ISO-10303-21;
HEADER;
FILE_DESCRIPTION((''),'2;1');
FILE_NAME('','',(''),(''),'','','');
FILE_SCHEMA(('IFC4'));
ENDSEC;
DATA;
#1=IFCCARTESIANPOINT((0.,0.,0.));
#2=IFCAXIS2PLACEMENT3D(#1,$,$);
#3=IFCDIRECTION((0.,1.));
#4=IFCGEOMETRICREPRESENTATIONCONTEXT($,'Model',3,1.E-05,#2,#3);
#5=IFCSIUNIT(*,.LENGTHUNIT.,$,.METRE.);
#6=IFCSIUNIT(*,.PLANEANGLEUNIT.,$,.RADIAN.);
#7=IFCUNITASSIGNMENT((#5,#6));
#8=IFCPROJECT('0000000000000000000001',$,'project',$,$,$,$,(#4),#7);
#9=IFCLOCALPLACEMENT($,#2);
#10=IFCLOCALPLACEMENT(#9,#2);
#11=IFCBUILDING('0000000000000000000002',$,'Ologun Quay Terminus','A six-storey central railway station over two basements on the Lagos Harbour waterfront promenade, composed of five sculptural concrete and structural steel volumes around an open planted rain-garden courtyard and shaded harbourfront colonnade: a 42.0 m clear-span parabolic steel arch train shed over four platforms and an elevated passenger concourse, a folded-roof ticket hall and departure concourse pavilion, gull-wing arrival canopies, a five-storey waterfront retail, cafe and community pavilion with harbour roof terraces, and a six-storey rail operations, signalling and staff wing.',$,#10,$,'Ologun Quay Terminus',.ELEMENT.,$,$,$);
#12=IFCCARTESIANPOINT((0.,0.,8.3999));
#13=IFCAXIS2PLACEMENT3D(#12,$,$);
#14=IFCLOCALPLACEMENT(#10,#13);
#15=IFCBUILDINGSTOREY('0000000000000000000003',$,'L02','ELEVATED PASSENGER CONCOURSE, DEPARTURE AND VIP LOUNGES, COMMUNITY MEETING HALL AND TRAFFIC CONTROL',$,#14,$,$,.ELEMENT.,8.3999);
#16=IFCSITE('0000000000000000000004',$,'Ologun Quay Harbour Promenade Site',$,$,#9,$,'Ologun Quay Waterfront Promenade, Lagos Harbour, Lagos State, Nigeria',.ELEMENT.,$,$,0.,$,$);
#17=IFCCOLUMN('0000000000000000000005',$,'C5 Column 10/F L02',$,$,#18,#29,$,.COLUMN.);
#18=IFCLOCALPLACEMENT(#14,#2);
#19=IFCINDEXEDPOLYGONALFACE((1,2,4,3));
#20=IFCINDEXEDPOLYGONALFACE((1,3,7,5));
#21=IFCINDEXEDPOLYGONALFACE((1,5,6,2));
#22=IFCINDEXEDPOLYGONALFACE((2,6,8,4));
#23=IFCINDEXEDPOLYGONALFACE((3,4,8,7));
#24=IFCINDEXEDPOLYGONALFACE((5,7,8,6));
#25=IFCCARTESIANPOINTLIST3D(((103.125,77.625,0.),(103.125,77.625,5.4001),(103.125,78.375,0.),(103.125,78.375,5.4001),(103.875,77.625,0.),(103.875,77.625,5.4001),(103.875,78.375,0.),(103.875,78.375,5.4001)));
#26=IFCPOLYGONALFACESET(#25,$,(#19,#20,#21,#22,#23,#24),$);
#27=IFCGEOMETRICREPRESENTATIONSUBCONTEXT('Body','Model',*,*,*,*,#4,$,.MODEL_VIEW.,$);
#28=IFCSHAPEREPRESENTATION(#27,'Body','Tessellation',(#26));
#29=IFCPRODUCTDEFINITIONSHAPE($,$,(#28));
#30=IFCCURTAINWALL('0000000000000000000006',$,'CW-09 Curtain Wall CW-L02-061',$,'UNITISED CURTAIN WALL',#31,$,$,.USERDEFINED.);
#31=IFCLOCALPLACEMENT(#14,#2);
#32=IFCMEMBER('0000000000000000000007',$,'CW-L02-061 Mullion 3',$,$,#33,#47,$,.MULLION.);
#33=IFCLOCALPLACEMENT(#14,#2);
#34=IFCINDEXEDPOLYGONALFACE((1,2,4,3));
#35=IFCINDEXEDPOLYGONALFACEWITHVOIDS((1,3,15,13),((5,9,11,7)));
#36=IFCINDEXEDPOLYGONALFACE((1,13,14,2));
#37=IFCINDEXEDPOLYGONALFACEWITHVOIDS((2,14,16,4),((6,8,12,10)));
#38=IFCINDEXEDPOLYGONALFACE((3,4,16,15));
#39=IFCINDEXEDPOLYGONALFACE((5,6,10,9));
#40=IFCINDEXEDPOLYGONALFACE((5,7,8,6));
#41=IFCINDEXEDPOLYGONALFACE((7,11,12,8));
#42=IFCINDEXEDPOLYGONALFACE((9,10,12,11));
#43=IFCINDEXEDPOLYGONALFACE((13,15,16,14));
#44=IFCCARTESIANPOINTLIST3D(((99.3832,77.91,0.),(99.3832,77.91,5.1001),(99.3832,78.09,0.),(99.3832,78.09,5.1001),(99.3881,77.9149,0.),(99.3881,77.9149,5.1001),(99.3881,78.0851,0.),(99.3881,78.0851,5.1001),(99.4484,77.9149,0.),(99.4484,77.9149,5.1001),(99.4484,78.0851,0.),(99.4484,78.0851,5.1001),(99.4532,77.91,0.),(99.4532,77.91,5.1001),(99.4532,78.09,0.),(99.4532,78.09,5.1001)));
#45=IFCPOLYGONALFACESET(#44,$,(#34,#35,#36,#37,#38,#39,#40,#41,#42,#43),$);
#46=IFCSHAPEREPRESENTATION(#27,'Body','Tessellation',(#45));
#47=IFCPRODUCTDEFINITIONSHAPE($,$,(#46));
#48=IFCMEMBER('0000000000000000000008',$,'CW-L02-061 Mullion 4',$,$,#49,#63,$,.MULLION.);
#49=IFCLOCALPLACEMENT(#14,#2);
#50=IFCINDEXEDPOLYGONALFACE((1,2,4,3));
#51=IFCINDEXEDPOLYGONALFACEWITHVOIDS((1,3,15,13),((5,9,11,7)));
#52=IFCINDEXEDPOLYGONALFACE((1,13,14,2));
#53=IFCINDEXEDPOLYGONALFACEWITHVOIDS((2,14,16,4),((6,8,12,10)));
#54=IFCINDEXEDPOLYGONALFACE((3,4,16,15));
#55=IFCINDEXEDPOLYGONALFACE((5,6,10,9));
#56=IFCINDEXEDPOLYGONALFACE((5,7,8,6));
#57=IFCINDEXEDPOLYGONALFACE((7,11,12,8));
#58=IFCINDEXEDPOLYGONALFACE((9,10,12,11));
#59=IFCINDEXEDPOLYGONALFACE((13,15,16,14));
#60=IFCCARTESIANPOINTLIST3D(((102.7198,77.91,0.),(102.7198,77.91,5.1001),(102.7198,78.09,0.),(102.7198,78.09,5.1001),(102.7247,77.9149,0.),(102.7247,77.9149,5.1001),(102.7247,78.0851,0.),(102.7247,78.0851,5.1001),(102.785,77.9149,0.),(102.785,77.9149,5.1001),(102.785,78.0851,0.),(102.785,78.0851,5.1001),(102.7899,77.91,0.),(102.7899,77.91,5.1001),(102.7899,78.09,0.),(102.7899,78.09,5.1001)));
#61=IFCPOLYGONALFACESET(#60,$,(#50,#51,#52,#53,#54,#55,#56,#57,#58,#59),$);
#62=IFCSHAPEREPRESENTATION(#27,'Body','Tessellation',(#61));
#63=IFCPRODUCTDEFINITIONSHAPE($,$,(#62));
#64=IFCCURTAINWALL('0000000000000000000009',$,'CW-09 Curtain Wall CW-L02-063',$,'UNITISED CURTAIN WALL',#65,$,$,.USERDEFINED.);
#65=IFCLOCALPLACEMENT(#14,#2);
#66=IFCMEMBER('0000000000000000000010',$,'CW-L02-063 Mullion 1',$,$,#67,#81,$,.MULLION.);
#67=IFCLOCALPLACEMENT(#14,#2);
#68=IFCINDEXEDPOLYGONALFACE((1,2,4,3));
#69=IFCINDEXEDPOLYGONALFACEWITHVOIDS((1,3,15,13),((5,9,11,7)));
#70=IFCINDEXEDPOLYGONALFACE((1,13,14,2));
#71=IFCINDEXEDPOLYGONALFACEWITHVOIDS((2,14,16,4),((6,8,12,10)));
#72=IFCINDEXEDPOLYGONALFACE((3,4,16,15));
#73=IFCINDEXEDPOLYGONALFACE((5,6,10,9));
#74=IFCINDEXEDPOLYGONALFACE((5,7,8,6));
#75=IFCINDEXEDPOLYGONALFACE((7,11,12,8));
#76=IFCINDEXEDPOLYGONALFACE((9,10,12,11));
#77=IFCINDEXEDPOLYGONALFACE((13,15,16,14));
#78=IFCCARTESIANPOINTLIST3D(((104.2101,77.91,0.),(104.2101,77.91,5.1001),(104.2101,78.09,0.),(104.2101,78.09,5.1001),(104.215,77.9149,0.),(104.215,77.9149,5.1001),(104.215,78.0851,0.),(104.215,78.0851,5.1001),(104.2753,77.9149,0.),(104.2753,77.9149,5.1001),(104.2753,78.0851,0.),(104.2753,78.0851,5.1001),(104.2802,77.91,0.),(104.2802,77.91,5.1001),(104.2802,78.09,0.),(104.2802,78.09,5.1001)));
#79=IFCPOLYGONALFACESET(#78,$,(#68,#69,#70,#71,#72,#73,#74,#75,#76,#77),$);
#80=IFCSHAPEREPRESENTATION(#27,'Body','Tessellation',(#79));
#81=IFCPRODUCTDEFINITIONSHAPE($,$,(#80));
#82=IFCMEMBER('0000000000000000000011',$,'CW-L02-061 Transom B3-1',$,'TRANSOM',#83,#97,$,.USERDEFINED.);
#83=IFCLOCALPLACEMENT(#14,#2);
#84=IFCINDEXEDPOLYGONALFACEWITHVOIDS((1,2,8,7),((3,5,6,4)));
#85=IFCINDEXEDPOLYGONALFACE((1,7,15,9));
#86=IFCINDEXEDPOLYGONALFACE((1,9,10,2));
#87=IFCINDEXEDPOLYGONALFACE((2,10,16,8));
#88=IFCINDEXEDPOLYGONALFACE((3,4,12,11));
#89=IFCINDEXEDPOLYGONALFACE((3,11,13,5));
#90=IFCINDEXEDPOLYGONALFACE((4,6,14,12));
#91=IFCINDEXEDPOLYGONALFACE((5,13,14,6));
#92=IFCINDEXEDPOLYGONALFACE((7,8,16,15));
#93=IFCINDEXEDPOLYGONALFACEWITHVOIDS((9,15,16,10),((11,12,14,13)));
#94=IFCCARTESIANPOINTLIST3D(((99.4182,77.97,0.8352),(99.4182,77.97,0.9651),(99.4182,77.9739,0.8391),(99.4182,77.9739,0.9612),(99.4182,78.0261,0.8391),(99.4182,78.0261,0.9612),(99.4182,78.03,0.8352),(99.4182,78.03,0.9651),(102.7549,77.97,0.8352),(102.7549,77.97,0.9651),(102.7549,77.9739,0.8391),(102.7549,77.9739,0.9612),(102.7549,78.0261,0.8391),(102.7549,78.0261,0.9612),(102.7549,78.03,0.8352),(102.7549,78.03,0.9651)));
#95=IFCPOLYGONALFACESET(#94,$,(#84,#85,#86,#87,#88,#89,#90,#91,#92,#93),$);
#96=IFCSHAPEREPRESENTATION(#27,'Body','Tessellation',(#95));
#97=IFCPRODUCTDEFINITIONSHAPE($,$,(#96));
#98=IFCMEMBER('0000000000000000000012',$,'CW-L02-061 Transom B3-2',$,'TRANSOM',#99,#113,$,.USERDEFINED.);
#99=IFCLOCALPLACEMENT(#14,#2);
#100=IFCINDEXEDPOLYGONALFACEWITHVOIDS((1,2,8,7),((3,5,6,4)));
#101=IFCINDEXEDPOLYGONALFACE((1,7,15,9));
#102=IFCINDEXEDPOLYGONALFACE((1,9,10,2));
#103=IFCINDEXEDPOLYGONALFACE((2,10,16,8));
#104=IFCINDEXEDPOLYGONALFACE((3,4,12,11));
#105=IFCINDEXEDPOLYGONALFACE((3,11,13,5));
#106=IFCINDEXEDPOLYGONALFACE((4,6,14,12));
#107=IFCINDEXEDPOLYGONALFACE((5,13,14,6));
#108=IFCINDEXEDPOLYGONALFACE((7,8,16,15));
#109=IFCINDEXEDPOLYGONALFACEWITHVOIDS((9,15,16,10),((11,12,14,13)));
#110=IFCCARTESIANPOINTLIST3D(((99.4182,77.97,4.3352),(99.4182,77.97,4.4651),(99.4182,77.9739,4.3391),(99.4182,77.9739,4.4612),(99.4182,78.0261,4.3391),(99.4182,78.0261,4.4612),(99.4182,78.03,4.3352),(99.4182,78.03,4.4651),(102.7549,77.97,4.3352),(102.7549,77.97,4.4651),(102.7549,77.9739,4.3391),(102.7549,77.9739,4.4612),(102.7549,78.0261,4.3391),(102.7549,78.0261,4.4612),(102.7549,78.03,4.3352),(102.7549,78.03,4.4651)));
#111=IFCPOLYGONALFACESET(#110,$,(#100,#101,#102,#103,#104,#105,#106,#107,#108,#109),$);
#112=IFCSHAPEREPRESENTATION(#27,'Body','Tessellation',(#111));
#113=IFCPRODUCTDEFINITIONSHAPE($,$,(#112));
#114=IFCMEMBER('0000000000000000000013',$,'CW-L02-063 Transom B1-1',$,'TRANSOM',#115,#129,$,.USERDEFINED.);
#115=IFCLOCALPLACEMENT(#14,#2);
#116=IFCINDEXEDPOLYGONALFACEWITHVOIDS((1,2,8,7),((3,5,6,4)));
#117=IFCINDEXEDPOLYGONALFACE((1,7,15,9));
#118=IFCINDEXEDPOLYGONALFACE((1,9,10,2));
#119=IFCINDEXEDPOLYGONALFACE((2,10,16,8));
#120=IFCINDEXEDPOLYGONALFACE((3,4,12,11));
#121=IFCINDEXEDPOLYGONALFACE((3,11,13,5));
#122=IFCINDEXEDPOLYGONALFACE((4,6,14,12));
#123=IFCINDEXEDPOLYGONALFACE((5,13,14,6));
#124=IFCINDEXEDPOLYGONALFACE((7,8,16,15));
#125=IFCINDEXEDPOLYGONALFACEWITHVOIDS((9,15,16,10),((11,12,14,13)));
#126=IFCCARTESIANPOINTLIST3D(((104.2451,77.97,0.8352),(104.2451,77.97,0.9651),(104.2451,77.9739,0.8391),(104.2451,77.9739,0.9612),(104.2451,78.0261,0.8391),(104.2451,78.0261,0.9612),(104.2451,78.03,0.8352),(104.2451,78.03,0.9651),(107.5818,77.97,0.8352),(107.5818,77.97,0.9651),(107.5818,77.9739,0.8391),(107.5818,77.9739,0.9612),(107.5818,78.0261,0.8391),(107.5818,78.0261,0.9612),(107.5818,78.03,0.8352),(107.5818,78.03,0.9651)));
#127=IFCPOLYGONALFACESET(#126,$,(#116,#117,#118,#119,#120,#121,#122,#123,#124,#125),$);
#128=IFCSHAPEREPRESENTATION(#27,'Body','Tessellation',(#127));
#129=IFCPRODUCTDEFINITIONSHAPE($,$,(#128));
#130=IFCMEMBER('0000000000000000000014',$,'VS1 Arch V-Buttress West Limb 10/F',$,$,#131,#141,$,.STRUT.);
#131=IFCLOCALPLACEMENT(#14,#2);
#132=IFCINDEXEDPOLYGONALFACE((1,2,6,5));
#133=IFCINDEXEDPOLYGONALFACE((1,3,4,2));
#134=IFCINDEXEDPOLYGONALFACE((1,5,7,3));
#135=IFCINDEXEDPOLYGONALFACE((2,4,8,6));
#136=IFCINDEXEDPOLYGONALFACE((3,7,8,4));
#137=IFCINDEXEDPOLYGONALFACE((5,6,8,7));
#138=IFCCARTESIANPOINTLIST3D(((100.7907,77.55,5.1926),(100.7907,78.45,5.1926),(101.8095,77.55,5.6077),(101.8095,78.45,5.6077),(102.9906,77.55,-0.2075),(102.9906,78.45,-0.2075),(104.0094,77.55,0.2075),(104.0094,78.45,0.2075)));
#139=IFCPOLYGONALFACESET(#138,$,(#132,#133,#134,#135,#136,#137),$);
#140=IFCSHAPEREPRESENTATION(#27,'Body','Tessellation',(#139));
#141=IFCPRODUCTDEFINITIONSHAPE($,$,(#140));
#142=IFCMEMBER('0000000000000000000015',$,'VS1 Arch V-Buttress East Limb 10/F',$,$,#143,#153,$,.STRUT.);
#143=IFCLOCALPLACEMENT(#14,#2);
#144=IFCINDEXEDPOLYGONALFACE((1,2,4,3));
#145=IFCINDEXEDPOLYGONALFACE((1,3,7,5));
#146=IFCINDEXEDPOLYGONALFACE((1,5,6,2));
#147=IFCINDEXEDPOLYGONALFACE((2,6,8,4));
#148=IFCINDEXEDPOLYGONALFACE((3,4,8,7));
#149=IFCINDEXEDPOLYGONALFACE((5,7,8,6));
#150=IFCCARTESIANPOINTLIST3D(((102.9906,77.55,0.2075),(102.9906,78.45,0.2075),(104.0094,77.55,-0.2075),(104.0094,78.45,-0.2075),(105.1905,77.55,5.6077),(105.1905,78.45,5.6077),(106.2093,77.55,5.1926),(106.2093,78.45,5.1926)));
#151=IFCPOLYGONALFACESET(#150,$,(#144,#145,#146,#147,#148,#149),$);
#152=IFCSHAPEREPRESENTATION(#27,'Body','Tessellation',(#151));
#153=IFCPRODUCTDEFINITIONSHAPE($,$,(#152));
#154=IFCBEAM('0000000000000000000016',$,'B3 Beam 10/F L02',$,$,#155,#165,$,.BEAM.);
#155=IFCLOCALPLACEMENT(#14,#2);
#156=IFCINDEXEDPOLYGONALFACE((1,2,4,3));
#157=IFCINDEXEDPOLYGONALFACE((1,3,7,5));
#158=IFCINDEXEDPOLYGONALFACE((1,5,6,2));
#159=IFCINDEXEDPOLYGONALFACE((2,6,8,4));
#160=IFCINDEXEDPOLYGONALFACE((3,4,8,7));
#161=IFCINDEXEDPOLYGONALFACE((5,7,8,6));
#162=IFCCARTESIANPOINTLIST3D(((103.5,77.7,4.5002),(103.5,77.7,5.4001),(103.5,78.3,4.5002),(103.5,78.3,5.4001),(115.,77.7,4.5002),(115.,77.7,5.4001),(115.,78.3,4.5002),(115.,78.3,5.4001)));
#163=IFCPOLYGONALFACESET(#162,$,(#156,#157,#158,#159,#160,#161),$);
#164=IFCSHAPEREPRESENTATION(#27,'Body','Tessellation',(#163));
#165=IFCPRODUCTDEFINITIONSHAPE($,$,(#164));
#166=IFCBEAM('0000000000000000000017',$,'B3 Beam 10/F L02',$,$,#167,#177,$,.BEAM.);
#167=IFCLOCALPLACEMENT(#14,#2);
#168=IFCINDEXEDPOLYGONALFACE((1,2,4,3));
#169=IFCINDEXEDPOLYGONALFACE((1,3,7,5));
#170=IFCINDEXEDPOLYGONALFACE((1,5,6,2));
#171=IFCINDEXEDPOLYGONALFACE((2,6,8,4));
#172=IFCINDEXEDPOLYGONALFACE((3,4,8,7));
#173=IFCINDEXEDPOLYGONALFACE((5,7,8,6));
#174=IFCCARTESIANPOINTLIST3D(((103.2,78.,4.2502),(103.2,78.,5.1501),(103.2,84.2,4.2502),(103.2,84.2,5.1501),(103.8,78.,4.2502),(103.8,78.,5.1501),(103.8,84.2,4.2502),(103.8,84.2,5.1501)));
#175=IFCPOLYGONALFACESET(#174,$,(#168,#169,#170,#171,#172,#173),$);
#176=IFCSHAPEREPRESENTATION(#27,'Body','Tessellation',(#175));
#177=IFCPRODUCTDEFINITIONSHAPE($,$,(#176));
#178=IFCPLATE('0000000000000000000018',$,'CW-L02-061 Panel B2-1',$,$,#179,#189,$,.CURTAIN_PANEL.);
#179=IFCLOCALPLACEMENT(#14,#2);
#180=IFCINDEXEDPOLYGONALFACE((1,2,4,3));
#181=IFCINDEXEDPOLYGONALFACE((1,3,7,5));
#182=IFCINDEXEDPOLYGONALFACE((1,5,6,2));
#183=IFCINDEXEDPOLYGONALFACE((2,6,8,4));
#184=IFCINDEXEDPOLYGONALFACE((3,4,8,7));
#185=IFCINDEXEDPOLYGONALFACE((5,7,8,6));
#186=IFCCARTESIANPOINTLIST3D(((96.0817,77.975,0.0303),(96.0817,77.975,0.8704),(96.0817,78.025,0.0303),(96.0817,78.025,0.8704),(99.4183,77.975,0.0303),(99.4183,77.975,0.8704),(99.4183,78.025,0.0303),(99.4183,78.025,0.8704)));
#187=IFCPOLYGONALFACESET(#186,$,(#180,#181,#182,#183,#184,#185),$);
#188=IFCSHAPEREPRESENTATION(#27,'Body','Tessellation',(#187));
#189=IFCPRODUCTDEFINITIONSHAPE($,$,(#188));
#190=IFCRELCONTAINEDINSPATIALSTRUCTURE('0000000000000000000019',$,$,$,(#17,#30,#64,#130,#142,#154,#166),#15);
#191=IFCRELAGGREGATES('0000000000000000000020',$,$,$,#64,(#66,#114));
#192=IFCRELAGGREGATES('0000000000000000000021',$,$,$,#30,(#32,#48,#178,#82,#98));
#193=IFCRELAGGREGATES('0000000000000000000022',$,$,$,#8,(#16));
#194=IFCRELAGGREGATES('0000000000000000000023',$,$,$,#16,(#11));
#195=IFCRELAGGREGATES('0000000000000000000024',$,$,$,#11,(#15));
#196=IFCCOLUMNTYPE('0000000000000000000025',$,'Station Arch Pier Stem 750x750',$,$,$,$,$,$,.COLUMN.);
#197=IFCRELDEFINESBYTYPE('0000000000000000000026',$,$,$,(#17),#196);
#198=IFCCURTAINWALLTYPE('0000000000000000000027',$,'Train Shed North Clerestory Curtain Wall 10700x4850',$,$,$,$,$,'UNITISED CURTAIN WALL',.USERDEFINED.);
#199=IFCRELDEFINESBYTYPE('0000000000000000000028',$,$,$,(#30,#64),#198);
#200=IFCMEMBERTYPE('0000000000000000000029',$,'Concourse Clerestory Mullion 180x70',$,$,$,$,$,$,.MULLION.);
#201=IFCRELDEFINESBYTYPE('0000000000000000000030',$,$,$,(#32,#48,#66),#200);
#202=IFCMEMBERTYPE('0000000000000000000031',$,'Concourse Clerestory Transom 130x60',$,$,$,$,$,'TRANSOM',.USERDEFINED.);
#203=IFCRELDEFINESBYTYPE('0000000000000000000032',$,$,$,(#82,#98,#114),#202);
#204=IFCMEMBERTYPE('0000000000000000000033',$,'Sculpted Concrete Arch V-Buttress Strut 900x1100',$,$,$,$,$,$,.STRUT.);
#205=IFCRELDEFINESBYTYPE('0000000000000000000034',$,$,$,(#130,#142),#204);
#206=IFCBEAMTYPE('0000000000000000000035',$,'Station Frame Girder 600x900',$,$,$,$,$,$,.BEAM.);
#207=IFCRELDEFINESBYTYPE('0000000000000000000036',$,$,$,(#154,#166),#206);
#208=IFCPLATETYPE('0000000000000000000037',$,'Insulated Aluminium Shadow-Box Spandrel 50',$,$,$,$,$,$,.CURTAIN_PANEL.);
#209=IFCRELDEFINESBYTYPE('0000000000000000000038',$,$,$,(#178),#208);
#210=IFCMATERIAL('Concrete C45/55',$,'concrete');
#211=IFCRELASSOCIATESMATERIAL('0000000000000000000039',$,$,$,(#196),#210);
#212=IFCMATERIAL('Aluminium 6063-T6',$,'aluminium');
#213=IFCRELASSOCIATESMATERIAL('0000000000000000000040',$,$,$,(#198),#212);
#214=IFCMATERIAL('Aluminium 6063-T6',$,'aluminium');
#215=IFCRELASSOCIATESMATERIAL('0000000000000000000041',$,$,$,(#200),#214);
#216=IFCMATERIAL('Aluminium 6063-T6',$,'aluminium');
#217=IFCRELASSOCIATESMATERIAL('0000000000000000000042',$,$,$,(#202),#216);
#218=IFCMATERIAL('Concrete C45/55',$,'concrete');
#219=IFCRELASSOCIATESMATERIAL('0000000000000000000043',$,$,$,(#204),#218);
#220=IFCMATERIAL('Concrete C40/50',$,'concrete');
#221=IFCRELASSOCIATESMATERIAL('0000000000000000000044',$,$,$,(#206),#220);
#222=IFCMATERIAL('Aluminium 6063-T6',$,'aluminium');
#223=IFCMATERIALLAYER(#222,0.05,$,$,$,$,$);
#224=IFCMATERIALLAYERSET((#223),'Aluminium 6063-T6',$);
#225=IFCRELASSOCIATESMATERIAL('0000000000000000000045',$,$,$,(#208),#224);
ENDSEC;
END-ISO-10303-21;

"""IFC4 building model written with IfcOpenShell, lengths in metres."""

from ifc_helpers import new_model, si_unit, direction, frame, origin, origin_2d, place, context, subcontext, project, spatial, rectangle, hollow_rectangle, extrude, material, layer, layer_set, material_profile, profile_set, type_object, element, aggregate, save


model = new_model("IFC4")

# Units and contexts
model_context = context("Model", 3, precision=1e-05, world=origin(), true_north=direction((0.0, 1.0)))
body_context = subcontext(model_context, "Body", "Model", "MODEL_VIEW")
ifc_project = project(units=[si_unit("LENGTHUNIT", "METRE"), si_unit("PLANEANGLEUNIT", "RADIAN")], contexts=[model_context])

# Site, building, storey
site_placement = place(None, origin())
site = spatial("IfcSite", under=ifc_project, at=site_placement, Name="Ologun Quay Harbour Promenade Site", LongName="Ologun Quay Waterfront Promenade, Lagos Harbour, Lagos State, Nigeria", CompositionType="ELEMENT", RefElevation=0.0)
building_placement = place(site_placement, origin())
building = spatial("IfcBuilding", under=site, at=building_placement, Name="Ologun Quay Terminus", Description="A six-storey central railway station over two basements on the Lagos Harbour waterfront promenade, composed of five sculptural concrete and structural steel volumes around an open planted rain-garden courtyard and shaded harbourfront colonnade: a 42.0 m clear-span parabolic steel arch train shed over four platforms and an elevated passenger concourse, a folded-roof ticket hall and departure concourse pavilion, gull-wing arrival canopies, a five-storey waterfront retail, cafe and community pavilion with harbour roof terraces, and a six-storey rail operations, signalling and staff wing.", LongName="Ologun Quay Terminus", CompositionType="ELEMENT")
storey_placement = place(building_placement, frame((0.0, 0.0, 8.3999)))
storey = spatial("IfcBuildingStorey", under=building, at=storey_placement, Name="L02", Description="ELEVATED PASSENGER CONCOURSE, DEPARTURE AND VIP LOUNGES, COMMUNITY MEETING HALL AND TRAFFIC CONTROL", CompositionType="ELEMENT", Elevation=8.3999)

# Column
ifc_material_1 = material(Name="Concrete C45/55", Category="concrete")
ifc_material_profile_1 = material_profile(ifc_material_1, rectangle(XDim=0.75, YDim=0.75, at=origin_2d()), Name="RC 750x750")
ifc_profile_set_1 = profile_set([ifc_material_profile_1], Name="Concrete C45/55")
column_type = type_object("IfcColumnType", Name="Station Arch Pier Stem 750x750", PredefinedType="COLUMN", material=ifc_profile_set_1)
column_placement = place(storey_placement, frame((103.5, 78.0, 0.0), z_axis=(0.0, 0.0, 1.0), x_axis=(1.0, 0.0, 0.0)))
element("IfcColumn", 1, at=column_placement, inside=storey, type_object=column_type, Name="C5 Column 10/F L02", PredefinedType="COLUMN", context=body_context, shape_type="SweptSolid", body=[
    extrude(rectangle(XDim=0.75, YDim=0.75, at=origin_2d()), origin(), (0.0, 0.0, 1.0), 5.4001),
])

# Curtain wall, members
ifc_material_2 = material(Name="Aluminium 6063-T6", Category="aluminium")
curtain_wall_type = type_object("IfcCurtainWallType", Name="Train Shed North Clerestory Curtain Wall 10700x4850", ElementType="UNITISED CURTAIN WALL", PredefinedType="USERDEFINED", material=ifc_material_2)
curtain_wall_1_placement = place(storey_placement, origin())
curtain_wall_1 = element("IfcCurtainWall", 2, at=curtain_wall_1_placement, inside=storey, type_object=curtain_wall_type, Name="CW-09 Curtain Wall CW-L02-061", ObjectType="UNITISED CURTAIN WALL", PredefinedType="USERDEFINED")
ifc_material_3 = material(Name="Aluminium 6063-T6", Category="aluminium")
ifc_material_profile_2 = material_profile(ifc_material_3, hollow_rectangle(XDim=0.0701, YDim=0.1799, WallThickness=0.0049, at=origin_2d()), Name="ALU 180x70x5")
ifc_profile_set_2 = profile_set([ifc_material_profile_2], Name="Aluminium 6063-T6")
member_type_1 = type_object("IfcMemberType", Name="Concourse Clerestory Mullion 180x70", PredefinedType="MULLION", material=ifc_profile_set_2)
member_1_placement = place(storey_placement, frame((99.4182, 78.0, 0.0), z_axis=(0.0, 0.0, 1.0), x_axis=(1.0, 0.0, 0.0)))
member_1 = element("IfcMember", 3, at=member_1_placement, type_object=member_type_1, Name="CW-L02-061 Mullion 3", PredefinedType="MULLION", context=body_context, shape_type="SweptSolid", body=[
    extrude(hollow_rectangle(XDim=0.0701, YDim=0.1799, WallThickness=0.0049, at=origin_2d()), origin(), (0.0, 0.0, 1.0), 5.1001),
])
member_2_placement = place(storey_placement, frame((102.7549, 78.0, 0.0), z_axis=(0.0, 0.0, 1.0), x_axis=(1.0, 0.0, 0.0)))
member_2 = element("IfcMember", 4, at=member_2_placement, type_object=member_type_1, Name="CW-L02-061 Mullion 4", PredefinedType="MULLION", context=body_context, shape_type="SweptSolid", body=[
    extrude(hollow_rectangle(XDim=0.0701, YDim=0.1799, WallThickness=0.0049, at=origin_2d()), origin(), (0.0, 0.0, 1.0), 5.1001),
])

# Curtain wall, member
curtain_wall_2_placement = place(storey_placement, origin())
curtain_wall_2 = element("IfcCurtainWall", 5, at=curtain_wall_2_placement, inside=storey, type_object=curtain_wall_type, Name="CW-09 Curtain Wall CW-L02-063", ObjectType="UNITISED CURTAIN WALL", PredefinedType="USERDEFINED")
member_3_placement = place(storey_placement, frame((104.2451, 78.0, 0.0), z_axis=(0.0, 0.0, 1.0), x_axis=(1.0, 0.0, 0.0)))
member_3 = element("IfcMember", 6, at=member_3_placement, type_object=member_type_1, Name="CW-L02-063 Mullion 1", PredefinedType="MULLION", context=body_context, shape_type="SweptSolid", body=[
    extrude(hollow_rectangle(XDim=0.0701, YDim=0.1799, WallThickness=0.0049, at=origin_2d()), origin(), (0.0, 0.0, 1.0), 5.1001),
])

# Members
ifc_material_4 = material(Name="Aluminium 6063-T6", Category="aluminium")
ifc_material_profile_3 = material_profile(ifc_material_4, hollow_rectangle(XDim=0.0601, YDim=0.1299, WallThickness=0.0039, at=origin_2d()), Name="ALU 130x60x4")
ifc_profile_set_3 = profile_set([ifc_material_profile_3], Name="Aluminium 6063-T6")
member_type_2 = type_object("IfcMemberType", Name="Concourse Clerestory Transom 130x60", ElementType="TRANSOM", PredefinedType="USERDEFINED", material=ifc_profile_set_3)
member_4_placement = place(storey_placement, frame((99.4182, 78.0, 0.9001), z_axis=(1.0, 0.0, 0.0), x_axis=(0.0, 1.0, 0.0)))
member_4 = element("IfcMember", 7, at=member_4_placement, type_object=member_type_2, Name="CW-L02-061 Transom B3-1", ObjectType="TRANSOM", PredefinedType="USERDEFINED", context=body_context, shape_type="SweptSolid", body=[
    extrude(hollow_rectangle(XDim=0.0601, YDim=0.1299, WallThickness=0.0039, at=origin_2d()), origin(), (0.0, 0.0, 1.0), 3.3367),
])
member_5_placement = place(storey_placement, frame((99.4182, 78.0, 4.4001), z_axis=(1.0, 0.0, 0.0), x_axis=(0.0, 1.0, 0.0)))
member_5 = element("IfcMember", 8, at=member_5_placement, type_object=member_type_2, Name="CW-L02-061 Transom B3-2", ObjectType="TRANSOM", PredefinedType="USERDEFINED", context=body_context, shape_type="SweptSolid", body=[
    extrude(hollow_rectangle(XDim=0.0601, YDim=0.1299, WallThickness=0.0039, at=origin_2d()), origin(), (0.0, 0.0, 1.0), 3.3367),
])
member_6_placement = place(storey_placement, frame((104.2451, 78.0, 0.9001), z_axis=(1.0, 0.0, 0.0), x_axis=(0.0, 1.0, 0.0)))
member_6 = element("IfcMember", 9, at=member_6_placement, type_object=member_type_2, Name="CW-L02-063 Transom B1-1", ObjectType="TRANSOM", PredefinedType="USERDEFINED", context=body_context, shape_type="SweptSolid", body=[
    extrude(hollow_rectangle(XDim=0.0601, YDim=0.1299, WallThickness=0.0039, at=origin_2d()), origin(), (0.0, 0.0, 1.0), 3.3367),
])
aggregate(curtain_wall_2, [member_3, member_6])

# Members
ifc_material_5 = material(Name="Concrete C45/55", Category="concrete")
ifc_material_profile_4 = material_profile(ifc_material_5, rectangle(XDim=0.8999, YDim=1.1001, at=origin_2d()), Name="RC 900x1100")
ifc_profile_set_4 = profile_set([ifc_material_profile_4], Name="Concrete C45/55")
member_type_3 = type_object("IfcMemberType", Name="Sculpted Concrete Arch V-Buttress Strut 900x1100", PredefinedType="STRUT", material=ifc_profile_set_4)
for number, where, z_axis, x_axis, name in (
    (10, (103.5, 78.0, 0.0), (-0.377281, 0.0, 0.926099), (0.0, -1.0, 0.0), "VS1 Arch V-Buttress West Limb 10/F"),
    (11, (103.5, 78.0, 0.0), (0.377281, 0.0, 0.926099), (0.0, 1.0, 0.0), "VS1 Arch V-Buttress East Limb 10/F"),
):
    element("IfcMember", number, at=place(storey_placement, frame(where, z_axis=z_axis, x_axis=x_axis)), inside=storey, type_object=member_type_3, Name=name, PredefinedType="STRUT", context=body_context, shape_type="SweptSolid", body=[
        extrude(rectangle(XDim=0.8999, YDim=1.1001, at=origin_2d()), origin(), (0.0, 0.0, 1.0), 5.8311),
    ])

# Beams
ifc_material_6 = material(Name="Concrete C40/50", Category="concrete")
ifc_material_profile_5 = material_profile(ifc_material_6, rectangle(XDim=0.6001, YDim=0.8999, at=origin_2d()), Name="RC 600x900")
ifc_profile_set_5 = profile_set([ifc_material_profile_5], Name="Concrete C40/50")
beam_type = type_object("IfcBeamType", Name="Station Frame Girder 600x900", PredefinedType="BEAM", material=ifc_profile_set_5)
beam_1_placement = place(storey_placement, frame((103.5, 78.0, 4.9502), z_axis=(1.0, 0.0, 0.0), x_axis=(0.0, 1.0, 0.0)))
element("IfcBeam", 12, at=beam_1_placement, inside=storey, type_object=beam_type, Name="B3 Beam 10/F L02", PredefinedType="BEAM", context=body_context, shape_type="SweptSolid", body=[
    extrude(rectangle(XDim=0.6001, YDim=0.8999, at=origin_2d()), origin(), (0.0, 0.0, 1.0), 11.5),
])
beam_2_placement = place(storey_placement, frame((103.5, 78.0, 4.7002), z_axis=(0.0, 1.0, 0.0), x_axis=(-1.0, 0.0, 0.0)))
element("IfcBeam", 13, at=beam_2_placement, inside=storey, type_object=beam_type, Name="B3 Beam 10/F L02", PredefinedType="BEAM", context=body_context, shape_type="SweptSolid", body=[
    extrude(rectangle(XDim=0.6001, YDim=0.8999, at=origin_2d()), origin(), (0.0, 0.0, 1.0), 6.2),
])

# Plate
ifc_material_7 = material(Name="Aluminium 6063-T6", Category="aluminium")
ifc_layer_1 = layer(ifc_material_7, 0.05)
ifc_layer_set_1 = layer_set([ifc_layer_1], Name="Aluminium 6063-T6")
plate_type_1 = type_object("IfcPlateType", Name="Insulated Aluminium Shadow-Box Spandrel 50", PredefinedType="CURTAIN_PANEL", material=ifc_layer_set_1)
plate_1_placement = place(storey_placement, frame((97.75, 78.0, 0.0303), z_axis=(0.0, 0.0, 1.0), x_axis=(1.0, 0.0, 0.0)))
plate_1 = element("IfcPlate", 14, at=plate_1_placement, type_object=plate_type_1, Name="CW-L02-061 Panel B2-1", PredefinedType="CURTAIN_PANEL", context=body_context, shape_type="SweptSolid", body=[
    extrude(rectangle(XDim=3.3367, YDim=0.05, at=origin_2d()), origin(), (0.0, 0.0, 1.0), 0.8401),
])
aggregate(curtain_wall_1, [member_1, member_2, plate_1, member_4, member_5])

save(model, "model.ifc")
